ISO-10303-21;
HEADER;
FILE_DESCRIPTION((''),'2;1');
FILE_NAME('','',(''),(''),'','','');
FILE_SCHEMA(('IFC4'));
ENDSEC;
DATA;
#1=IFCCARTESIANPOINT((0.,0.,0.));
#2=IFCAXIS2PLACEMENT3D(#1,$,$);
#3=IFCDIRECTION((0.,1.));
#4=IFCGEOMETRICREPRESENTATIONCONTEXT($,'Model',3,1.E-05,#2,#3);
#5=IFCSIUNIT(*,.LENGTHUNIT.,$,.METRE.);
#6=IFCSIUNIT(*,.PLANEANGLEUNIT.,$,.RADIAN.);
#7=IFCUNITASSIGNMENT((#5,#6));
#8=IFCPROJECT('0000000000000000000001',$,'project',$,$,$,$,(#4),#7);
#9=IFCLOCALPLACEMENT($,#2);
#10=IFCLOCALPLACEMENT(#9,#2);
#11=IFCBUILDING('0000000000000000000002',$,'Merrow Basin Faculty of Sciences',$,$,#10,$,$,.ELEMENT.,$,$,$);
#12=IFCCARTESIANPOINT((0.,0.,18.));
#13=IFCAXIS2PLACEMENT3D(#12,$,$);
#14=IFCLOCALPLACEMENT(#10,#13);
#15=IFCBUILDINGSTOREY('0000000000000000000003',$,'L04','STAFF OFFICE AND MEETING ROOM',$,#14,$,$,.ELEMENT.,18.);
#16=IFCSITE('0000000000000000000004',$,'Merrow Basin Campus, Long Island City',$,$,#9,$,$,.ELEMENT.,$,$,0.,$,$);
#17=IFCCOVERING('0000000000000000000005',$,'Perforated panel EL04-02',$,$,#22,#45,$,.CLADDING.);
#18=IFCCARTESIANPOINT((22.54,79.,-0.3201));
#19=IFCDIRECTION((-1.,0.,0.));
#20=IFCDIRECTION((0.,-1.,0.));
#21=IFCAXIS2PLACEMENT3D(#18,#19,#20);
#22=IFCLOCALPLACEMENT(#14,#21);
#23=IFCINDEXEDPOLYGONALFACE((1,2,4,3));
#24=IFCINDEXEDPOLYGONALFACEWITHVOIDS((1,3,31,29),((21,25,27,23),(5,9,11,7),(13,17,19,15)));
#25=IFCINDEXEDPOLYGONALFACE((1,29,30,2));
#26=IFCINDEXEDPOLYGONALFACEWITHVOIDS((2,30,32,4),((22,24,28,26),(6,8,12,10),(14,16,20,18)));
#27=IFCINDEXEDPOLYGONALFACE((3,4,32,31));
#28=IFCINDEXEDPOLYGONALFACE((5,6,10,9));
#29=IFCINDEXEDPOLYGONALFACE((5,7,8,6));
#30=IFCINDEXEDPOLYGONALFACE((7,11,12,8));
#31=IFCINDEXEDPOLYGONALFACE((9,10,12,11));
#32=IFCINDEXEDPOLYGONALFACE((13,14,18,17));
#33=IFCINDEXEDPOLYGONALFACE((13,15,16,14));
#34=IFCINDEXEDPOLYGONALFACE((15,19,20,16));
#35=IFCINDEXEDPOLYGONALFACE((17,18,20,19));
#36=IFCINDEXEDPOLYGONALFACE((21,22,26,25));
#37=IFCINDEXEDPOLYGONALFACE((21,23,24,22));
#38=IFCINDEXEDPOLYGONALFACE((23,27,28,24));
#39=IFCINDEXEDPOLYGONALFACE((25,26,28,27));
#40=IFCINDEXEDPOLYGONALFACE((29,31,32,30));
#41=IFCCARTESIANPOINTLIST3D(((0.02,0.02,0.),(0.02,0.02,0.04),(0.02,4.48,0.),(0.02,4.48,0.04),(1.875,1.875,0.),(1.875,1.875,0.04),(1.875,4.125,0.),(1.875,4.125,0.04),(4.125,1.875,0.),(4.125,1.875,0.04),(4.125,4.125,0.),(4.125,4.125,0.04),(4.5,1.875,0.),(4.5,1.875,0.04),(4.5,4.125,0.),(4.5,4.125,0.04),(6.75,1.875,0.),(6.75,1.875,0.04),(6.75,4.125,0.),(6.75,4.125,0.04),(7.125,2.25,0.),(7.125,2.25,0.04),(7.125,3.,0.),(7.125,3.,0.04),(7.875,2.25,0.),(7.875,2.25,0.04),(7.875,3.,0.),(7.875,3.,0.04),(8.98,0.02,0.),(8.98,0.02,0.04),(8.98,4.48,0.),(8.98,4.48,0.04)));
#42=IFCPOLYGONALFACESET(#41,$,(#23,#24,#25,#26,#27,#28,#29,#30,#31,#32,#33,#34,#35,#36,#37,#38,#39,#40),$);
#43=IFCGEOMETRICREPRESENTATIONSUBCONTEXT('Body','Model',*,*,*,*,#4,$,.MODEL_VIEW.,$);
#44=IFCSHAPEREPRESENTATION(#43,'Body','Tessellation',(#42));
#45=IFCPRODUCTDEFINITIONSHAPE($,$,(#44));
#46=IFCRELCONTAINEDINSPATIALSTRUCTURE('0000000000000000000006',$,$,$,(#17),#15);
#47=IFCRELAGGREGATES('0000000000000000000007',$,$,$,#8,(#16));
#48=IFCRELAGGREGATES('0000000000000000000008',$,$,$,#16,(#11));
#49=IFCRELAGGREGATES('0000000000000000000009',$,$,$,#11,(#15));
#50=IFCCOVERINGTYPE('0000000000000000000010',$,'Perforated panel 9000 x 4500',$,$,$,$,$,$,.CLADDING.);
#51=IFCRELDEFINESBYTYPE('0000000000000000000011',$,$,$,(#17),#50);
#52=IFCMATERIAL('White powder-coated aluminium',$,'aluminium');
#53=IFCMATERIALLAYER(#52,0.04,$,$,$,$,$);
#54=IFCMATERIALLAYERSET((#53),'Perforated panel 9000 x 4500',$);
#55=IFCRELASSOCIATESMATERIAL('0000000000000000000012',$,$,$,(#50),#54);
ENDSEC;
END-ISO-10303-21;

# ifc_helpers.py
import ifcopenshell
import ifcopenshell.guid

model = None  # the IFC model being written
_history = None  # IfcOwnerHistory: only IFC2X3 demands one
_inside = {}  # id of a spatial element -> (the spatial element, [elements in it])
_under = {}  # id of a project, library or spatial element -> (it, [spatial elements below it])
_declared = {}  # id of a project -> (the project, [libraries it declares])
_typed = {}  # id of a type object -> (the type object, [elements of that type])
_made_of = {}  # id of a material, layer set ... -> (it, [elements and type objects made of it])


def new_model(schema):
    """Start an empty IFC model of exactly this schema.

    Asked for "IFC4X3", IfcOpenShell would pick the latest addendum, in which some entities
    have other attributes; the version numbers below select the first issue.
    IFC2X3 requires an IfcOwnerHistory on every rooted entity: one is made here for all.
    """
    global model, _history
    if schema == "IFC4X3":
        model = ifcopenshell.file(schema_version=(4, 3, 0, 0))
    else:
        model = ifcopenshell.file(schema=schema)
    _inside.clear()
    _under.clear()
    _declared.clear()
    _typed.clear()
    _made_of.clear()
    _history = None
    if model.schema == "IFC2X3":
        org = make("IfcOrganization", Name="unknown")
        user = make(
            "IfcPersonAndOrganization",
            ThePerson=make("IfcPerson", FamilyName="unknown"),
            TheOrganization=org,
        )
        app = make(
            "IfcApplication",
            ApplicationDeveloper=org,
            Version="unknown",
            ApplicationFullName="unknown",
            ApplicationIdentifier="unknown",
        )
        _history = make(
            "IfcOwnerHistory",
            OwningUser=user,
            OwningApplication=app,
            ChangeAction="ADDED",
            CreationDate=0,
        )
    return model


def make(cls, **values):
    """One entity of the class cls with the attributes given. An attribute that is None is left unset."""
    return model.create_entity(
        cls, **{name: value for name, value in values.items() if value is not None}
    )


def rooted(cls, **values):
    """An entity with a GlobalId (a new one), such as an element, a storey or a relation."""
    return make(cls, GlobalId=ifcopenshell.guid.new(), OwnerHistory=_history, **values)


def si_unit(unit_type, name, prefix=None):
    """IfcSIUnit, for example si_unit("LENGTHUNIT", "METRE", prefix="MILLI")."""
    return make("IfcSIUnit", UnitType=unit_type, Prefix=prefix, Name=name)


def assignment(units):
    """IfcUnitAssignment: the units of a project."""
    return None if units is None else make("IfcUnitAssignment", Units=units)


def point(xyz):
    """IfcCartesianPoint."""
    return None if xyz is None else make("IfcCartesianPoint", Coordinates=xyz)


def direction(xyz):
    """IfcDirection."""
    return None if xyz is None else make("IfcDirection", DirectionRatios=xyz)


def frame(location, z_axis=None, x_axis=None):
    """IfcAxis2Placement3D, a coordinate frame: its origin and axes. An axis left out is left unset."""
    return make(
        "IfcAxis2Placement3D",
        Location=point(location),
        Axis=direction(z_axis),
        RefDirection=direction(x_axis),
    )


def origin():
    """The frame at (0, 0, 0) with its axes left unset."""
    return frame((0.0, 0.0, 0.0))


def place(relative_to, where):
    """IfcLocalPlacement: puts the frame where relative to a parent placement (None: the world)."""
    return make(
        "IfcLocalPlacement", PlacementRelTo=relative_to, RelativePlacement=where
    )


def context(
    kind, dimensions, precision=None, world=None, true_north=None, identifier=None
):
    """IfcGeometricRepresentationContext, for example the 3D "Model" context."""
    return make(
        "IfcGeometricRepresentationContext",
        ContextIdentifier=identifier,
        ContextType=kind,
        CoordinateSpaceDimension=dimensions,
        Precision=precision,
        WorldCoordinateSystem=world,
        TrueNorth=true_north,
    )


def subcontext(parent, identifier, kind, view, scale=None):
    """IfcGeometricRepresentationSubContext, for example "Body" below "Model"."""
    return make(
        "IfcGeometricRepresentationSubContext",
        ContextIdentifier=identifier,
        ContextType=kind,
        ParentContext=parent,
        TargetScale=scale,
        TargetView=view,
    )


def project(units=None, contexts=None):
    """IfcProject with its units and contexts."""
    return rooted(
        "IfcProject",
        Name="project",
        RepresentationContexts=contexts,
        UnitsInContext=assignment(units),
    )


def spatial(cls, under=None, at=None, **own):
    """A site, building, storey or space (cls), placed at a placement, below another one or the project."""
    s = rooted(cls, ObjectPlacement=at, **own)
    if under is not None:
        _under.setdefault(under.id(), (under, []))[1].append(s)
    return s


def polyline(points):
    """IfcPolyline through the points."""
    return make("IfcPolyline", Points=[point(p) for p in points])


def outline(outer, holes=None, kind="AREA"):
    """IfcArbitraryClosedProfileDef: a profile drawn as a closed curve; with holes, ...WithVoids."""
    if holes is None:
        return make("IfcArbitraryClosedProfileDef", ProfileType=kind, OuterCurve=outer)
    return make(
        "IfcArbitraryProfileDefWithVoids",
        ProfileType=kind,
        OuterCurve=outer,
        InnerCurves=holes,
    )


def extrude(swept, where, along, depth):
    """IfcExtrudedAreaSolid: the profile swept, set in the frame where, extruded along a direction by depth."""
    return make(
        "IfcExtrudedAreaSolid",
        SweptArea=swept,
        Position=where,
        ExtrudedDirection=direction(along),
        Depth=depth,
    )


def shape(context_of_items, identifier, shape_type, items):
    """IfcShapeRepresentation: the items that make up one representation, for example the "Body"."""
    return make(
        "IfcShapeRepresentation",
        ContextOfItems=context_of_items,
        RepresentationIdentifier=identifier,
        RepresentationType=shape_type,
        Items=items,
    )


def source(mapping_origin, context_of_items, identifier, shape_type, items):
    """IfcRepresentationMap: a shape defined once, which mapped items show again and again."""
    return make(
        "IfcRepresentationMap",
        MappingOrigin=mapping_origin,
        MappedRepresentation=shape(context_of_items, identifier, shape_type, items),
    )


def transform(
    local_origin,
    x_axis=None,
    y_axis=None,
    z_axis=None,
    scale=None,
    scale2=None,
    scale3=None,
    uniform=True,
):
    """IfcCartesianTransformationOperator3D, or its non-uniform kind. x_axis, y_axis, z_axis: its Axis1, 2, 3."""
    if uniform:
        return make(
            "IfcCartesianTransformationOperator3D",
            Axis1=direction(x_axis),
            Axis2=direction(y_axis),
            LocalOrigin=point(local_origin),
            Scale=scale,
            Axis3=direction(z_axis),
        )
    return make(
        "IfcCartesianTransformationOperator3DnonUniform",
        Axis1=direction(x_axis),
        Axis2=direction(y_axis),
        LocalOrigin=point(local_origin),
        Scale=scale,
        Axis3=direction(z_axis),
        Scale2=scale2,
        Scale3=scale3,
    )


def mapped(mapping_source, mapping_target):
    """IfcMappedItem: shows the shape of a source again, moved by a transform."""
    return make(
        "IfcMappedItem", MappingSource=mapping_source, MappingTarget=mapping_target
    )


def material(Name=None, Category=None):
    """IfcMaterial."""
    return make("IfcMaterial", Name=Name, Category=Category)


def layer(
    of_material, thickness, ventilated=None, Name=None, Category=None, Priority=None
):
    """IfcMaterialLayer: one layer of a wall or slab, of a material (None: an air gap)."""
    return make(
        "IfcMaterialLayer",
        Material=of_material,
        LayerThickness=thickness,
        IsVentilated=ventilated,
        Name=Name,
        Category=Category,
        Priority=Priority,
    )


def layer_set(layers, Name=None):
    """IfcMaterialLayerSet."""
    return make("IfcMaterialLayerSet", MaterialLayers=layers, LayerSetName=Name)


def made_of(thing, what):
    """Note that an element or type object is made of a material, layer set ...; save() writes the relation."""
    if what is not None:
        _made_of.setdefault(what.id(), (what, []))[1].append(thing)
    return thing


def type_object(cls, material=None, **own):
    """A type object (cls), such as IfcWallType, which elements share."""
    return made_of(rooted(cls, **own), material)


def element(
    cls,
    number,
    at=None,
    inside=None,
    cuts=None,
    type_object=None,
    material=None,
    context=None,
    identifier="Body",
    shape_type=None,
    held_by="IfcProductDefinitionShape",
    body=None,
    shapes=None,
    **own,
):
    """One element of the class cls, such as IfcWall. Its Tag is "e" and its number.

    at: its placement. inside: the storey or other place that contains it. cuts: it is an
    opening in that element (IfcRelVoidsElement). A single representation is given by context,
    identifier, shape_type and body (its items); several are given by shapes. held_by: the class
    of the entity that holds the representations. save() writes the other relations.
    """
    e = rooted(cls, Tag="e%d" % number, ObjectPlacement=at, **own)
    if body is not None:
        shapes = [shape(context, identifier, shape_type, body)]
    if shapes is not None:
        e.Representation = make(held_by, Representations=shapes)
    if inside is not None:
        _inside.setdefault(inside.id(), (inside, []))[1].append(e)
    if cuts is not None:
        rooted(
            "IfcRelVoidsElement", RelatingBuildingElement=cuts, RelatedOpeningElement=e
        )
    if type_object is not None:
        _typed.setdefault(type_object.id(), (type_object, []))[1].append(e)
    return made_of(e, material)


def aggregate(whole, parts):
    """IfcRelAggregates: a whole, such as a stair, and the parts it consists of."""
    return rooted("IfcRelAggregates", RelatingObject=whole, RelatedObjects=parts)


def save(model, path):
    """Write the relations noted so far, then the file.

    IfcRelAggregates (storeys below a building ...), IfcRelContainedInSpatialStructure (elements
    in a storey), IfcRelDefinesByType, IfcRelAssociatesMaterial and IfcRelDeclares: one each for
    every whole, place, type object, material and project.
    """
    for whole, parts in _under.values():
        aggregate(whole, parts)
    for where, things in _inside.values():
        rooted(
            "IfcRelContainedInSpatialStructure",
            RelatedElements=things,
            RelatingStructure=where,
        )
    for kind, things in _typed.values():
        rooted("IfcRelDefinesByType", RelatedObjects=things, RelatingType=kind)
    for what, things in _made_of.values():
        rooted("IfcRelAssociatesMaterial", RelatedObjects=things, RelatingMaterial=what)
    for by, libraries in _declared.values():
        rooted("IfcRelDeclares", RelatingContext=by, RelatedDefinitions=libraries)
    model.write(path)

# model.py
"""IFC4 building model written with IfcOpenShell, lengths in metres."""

from ifc_helpers import new_model, si_unit, direction, frame, origin, place, context, subcontext, project, spatial, polyline, outline, extrude, source, transform, mapped, material, layer, layer_set, type_object, element, save


model = new_model("IFC4")

# Units and contexts
model_context = context("Model", 3, precision=1e-05, world=origin(), true_north=direction((0.0, 1.0)))
body_context = subcontext(model_context, "Body", "Model", "MODEL_VIEW")
ifc_project = project(units=[si_unit("LENGTHUNIT", "METRE"), si_unit("PLANEANGLEUNIT", "RADIAN")], contexts=[model_context])

# Site, building, storey
site_placement = place(None, origin())
site = spatial("IfcSite", under=ifc_project, at=site_placement, Name="Merrow Basin Campus, Long Island City", CompositionType="ELEMENT", RefElevation=0.0)
building_placement = place(site_placement, origin())
building = spatial("IfcBuilding", under=site, at=building_placement, Name="Merrow Basin Faculty of Sciences", CompositionType="ELEMENT")
storey_placement = place(building_placement, frame((0.0, 0.0, 18.0)))
storey = spatial("IfcBuildingStorey", under=building, at=storey_placement, Name="L04", Description="STAFF OFFICE AND MEETING ROOM", CompositionType="ELEMENT", Elevation=18.0)

# Covering
ifc_material_1 = material(Name="White powder-coated aluminium", Category="aluminium")
ifc_layer_1 = layer(ifc_material_1, 0.04)
ifc_layer_set_1 = layer_set([ifc_layer_1], Name="Perforated panel 9000 x 4500")
covering_type = type_object("IfcCoveringType", Name="Perforated panel 9000 x 4500", PredefinedType="CLADDING", material=ifc_layer_set_1)
shared_shape_1 = source(origin(), body_context, "Body", "SweptSolid", [
    extrude(outline(polyline([(0.02, 0.02), (8.98, 0.02), (8.98, 4.48), (0.02, 4.48), (0.02, 0.02)]), holes=[polyline([(4.5, 1.875), (6.75, 1.875), (6.75, 4.125), (4.5, 4.125), (4.5, 1.875)]), polyline([(1.875, 1.875), (4.125, 1.875), (4.125, 4.125), (1.875, 4.125), (1.875, 1.875)]), polyline([(7.125, 2.25), (7.875, 2.25), (7.875, 3.0), (7.125, 3.0), (7.125, 2.25)])]), origin(), (0.0, 0.0, 1.0), 0.04),
])
covering_placement = place(storey_placement, frame((22.54, 79.0, -0.3201), z_axis=(-1.0, 0.0, 0.0), x_axis=(0.0, -1.0, 0.0)))
element("IfcCovering", 1, at=covering_placement, inside=storey, type_object=covering_type, Name="Perforated panel EL04-02", PredefinedType="CLADDING", context=body_context, shape_type="MappedRepresentation", body=[
    mapped(shared_shape_1, transform((0.0, 0.0, 0.0), scale=1.0)),
])

save(model, "model.ifc")
